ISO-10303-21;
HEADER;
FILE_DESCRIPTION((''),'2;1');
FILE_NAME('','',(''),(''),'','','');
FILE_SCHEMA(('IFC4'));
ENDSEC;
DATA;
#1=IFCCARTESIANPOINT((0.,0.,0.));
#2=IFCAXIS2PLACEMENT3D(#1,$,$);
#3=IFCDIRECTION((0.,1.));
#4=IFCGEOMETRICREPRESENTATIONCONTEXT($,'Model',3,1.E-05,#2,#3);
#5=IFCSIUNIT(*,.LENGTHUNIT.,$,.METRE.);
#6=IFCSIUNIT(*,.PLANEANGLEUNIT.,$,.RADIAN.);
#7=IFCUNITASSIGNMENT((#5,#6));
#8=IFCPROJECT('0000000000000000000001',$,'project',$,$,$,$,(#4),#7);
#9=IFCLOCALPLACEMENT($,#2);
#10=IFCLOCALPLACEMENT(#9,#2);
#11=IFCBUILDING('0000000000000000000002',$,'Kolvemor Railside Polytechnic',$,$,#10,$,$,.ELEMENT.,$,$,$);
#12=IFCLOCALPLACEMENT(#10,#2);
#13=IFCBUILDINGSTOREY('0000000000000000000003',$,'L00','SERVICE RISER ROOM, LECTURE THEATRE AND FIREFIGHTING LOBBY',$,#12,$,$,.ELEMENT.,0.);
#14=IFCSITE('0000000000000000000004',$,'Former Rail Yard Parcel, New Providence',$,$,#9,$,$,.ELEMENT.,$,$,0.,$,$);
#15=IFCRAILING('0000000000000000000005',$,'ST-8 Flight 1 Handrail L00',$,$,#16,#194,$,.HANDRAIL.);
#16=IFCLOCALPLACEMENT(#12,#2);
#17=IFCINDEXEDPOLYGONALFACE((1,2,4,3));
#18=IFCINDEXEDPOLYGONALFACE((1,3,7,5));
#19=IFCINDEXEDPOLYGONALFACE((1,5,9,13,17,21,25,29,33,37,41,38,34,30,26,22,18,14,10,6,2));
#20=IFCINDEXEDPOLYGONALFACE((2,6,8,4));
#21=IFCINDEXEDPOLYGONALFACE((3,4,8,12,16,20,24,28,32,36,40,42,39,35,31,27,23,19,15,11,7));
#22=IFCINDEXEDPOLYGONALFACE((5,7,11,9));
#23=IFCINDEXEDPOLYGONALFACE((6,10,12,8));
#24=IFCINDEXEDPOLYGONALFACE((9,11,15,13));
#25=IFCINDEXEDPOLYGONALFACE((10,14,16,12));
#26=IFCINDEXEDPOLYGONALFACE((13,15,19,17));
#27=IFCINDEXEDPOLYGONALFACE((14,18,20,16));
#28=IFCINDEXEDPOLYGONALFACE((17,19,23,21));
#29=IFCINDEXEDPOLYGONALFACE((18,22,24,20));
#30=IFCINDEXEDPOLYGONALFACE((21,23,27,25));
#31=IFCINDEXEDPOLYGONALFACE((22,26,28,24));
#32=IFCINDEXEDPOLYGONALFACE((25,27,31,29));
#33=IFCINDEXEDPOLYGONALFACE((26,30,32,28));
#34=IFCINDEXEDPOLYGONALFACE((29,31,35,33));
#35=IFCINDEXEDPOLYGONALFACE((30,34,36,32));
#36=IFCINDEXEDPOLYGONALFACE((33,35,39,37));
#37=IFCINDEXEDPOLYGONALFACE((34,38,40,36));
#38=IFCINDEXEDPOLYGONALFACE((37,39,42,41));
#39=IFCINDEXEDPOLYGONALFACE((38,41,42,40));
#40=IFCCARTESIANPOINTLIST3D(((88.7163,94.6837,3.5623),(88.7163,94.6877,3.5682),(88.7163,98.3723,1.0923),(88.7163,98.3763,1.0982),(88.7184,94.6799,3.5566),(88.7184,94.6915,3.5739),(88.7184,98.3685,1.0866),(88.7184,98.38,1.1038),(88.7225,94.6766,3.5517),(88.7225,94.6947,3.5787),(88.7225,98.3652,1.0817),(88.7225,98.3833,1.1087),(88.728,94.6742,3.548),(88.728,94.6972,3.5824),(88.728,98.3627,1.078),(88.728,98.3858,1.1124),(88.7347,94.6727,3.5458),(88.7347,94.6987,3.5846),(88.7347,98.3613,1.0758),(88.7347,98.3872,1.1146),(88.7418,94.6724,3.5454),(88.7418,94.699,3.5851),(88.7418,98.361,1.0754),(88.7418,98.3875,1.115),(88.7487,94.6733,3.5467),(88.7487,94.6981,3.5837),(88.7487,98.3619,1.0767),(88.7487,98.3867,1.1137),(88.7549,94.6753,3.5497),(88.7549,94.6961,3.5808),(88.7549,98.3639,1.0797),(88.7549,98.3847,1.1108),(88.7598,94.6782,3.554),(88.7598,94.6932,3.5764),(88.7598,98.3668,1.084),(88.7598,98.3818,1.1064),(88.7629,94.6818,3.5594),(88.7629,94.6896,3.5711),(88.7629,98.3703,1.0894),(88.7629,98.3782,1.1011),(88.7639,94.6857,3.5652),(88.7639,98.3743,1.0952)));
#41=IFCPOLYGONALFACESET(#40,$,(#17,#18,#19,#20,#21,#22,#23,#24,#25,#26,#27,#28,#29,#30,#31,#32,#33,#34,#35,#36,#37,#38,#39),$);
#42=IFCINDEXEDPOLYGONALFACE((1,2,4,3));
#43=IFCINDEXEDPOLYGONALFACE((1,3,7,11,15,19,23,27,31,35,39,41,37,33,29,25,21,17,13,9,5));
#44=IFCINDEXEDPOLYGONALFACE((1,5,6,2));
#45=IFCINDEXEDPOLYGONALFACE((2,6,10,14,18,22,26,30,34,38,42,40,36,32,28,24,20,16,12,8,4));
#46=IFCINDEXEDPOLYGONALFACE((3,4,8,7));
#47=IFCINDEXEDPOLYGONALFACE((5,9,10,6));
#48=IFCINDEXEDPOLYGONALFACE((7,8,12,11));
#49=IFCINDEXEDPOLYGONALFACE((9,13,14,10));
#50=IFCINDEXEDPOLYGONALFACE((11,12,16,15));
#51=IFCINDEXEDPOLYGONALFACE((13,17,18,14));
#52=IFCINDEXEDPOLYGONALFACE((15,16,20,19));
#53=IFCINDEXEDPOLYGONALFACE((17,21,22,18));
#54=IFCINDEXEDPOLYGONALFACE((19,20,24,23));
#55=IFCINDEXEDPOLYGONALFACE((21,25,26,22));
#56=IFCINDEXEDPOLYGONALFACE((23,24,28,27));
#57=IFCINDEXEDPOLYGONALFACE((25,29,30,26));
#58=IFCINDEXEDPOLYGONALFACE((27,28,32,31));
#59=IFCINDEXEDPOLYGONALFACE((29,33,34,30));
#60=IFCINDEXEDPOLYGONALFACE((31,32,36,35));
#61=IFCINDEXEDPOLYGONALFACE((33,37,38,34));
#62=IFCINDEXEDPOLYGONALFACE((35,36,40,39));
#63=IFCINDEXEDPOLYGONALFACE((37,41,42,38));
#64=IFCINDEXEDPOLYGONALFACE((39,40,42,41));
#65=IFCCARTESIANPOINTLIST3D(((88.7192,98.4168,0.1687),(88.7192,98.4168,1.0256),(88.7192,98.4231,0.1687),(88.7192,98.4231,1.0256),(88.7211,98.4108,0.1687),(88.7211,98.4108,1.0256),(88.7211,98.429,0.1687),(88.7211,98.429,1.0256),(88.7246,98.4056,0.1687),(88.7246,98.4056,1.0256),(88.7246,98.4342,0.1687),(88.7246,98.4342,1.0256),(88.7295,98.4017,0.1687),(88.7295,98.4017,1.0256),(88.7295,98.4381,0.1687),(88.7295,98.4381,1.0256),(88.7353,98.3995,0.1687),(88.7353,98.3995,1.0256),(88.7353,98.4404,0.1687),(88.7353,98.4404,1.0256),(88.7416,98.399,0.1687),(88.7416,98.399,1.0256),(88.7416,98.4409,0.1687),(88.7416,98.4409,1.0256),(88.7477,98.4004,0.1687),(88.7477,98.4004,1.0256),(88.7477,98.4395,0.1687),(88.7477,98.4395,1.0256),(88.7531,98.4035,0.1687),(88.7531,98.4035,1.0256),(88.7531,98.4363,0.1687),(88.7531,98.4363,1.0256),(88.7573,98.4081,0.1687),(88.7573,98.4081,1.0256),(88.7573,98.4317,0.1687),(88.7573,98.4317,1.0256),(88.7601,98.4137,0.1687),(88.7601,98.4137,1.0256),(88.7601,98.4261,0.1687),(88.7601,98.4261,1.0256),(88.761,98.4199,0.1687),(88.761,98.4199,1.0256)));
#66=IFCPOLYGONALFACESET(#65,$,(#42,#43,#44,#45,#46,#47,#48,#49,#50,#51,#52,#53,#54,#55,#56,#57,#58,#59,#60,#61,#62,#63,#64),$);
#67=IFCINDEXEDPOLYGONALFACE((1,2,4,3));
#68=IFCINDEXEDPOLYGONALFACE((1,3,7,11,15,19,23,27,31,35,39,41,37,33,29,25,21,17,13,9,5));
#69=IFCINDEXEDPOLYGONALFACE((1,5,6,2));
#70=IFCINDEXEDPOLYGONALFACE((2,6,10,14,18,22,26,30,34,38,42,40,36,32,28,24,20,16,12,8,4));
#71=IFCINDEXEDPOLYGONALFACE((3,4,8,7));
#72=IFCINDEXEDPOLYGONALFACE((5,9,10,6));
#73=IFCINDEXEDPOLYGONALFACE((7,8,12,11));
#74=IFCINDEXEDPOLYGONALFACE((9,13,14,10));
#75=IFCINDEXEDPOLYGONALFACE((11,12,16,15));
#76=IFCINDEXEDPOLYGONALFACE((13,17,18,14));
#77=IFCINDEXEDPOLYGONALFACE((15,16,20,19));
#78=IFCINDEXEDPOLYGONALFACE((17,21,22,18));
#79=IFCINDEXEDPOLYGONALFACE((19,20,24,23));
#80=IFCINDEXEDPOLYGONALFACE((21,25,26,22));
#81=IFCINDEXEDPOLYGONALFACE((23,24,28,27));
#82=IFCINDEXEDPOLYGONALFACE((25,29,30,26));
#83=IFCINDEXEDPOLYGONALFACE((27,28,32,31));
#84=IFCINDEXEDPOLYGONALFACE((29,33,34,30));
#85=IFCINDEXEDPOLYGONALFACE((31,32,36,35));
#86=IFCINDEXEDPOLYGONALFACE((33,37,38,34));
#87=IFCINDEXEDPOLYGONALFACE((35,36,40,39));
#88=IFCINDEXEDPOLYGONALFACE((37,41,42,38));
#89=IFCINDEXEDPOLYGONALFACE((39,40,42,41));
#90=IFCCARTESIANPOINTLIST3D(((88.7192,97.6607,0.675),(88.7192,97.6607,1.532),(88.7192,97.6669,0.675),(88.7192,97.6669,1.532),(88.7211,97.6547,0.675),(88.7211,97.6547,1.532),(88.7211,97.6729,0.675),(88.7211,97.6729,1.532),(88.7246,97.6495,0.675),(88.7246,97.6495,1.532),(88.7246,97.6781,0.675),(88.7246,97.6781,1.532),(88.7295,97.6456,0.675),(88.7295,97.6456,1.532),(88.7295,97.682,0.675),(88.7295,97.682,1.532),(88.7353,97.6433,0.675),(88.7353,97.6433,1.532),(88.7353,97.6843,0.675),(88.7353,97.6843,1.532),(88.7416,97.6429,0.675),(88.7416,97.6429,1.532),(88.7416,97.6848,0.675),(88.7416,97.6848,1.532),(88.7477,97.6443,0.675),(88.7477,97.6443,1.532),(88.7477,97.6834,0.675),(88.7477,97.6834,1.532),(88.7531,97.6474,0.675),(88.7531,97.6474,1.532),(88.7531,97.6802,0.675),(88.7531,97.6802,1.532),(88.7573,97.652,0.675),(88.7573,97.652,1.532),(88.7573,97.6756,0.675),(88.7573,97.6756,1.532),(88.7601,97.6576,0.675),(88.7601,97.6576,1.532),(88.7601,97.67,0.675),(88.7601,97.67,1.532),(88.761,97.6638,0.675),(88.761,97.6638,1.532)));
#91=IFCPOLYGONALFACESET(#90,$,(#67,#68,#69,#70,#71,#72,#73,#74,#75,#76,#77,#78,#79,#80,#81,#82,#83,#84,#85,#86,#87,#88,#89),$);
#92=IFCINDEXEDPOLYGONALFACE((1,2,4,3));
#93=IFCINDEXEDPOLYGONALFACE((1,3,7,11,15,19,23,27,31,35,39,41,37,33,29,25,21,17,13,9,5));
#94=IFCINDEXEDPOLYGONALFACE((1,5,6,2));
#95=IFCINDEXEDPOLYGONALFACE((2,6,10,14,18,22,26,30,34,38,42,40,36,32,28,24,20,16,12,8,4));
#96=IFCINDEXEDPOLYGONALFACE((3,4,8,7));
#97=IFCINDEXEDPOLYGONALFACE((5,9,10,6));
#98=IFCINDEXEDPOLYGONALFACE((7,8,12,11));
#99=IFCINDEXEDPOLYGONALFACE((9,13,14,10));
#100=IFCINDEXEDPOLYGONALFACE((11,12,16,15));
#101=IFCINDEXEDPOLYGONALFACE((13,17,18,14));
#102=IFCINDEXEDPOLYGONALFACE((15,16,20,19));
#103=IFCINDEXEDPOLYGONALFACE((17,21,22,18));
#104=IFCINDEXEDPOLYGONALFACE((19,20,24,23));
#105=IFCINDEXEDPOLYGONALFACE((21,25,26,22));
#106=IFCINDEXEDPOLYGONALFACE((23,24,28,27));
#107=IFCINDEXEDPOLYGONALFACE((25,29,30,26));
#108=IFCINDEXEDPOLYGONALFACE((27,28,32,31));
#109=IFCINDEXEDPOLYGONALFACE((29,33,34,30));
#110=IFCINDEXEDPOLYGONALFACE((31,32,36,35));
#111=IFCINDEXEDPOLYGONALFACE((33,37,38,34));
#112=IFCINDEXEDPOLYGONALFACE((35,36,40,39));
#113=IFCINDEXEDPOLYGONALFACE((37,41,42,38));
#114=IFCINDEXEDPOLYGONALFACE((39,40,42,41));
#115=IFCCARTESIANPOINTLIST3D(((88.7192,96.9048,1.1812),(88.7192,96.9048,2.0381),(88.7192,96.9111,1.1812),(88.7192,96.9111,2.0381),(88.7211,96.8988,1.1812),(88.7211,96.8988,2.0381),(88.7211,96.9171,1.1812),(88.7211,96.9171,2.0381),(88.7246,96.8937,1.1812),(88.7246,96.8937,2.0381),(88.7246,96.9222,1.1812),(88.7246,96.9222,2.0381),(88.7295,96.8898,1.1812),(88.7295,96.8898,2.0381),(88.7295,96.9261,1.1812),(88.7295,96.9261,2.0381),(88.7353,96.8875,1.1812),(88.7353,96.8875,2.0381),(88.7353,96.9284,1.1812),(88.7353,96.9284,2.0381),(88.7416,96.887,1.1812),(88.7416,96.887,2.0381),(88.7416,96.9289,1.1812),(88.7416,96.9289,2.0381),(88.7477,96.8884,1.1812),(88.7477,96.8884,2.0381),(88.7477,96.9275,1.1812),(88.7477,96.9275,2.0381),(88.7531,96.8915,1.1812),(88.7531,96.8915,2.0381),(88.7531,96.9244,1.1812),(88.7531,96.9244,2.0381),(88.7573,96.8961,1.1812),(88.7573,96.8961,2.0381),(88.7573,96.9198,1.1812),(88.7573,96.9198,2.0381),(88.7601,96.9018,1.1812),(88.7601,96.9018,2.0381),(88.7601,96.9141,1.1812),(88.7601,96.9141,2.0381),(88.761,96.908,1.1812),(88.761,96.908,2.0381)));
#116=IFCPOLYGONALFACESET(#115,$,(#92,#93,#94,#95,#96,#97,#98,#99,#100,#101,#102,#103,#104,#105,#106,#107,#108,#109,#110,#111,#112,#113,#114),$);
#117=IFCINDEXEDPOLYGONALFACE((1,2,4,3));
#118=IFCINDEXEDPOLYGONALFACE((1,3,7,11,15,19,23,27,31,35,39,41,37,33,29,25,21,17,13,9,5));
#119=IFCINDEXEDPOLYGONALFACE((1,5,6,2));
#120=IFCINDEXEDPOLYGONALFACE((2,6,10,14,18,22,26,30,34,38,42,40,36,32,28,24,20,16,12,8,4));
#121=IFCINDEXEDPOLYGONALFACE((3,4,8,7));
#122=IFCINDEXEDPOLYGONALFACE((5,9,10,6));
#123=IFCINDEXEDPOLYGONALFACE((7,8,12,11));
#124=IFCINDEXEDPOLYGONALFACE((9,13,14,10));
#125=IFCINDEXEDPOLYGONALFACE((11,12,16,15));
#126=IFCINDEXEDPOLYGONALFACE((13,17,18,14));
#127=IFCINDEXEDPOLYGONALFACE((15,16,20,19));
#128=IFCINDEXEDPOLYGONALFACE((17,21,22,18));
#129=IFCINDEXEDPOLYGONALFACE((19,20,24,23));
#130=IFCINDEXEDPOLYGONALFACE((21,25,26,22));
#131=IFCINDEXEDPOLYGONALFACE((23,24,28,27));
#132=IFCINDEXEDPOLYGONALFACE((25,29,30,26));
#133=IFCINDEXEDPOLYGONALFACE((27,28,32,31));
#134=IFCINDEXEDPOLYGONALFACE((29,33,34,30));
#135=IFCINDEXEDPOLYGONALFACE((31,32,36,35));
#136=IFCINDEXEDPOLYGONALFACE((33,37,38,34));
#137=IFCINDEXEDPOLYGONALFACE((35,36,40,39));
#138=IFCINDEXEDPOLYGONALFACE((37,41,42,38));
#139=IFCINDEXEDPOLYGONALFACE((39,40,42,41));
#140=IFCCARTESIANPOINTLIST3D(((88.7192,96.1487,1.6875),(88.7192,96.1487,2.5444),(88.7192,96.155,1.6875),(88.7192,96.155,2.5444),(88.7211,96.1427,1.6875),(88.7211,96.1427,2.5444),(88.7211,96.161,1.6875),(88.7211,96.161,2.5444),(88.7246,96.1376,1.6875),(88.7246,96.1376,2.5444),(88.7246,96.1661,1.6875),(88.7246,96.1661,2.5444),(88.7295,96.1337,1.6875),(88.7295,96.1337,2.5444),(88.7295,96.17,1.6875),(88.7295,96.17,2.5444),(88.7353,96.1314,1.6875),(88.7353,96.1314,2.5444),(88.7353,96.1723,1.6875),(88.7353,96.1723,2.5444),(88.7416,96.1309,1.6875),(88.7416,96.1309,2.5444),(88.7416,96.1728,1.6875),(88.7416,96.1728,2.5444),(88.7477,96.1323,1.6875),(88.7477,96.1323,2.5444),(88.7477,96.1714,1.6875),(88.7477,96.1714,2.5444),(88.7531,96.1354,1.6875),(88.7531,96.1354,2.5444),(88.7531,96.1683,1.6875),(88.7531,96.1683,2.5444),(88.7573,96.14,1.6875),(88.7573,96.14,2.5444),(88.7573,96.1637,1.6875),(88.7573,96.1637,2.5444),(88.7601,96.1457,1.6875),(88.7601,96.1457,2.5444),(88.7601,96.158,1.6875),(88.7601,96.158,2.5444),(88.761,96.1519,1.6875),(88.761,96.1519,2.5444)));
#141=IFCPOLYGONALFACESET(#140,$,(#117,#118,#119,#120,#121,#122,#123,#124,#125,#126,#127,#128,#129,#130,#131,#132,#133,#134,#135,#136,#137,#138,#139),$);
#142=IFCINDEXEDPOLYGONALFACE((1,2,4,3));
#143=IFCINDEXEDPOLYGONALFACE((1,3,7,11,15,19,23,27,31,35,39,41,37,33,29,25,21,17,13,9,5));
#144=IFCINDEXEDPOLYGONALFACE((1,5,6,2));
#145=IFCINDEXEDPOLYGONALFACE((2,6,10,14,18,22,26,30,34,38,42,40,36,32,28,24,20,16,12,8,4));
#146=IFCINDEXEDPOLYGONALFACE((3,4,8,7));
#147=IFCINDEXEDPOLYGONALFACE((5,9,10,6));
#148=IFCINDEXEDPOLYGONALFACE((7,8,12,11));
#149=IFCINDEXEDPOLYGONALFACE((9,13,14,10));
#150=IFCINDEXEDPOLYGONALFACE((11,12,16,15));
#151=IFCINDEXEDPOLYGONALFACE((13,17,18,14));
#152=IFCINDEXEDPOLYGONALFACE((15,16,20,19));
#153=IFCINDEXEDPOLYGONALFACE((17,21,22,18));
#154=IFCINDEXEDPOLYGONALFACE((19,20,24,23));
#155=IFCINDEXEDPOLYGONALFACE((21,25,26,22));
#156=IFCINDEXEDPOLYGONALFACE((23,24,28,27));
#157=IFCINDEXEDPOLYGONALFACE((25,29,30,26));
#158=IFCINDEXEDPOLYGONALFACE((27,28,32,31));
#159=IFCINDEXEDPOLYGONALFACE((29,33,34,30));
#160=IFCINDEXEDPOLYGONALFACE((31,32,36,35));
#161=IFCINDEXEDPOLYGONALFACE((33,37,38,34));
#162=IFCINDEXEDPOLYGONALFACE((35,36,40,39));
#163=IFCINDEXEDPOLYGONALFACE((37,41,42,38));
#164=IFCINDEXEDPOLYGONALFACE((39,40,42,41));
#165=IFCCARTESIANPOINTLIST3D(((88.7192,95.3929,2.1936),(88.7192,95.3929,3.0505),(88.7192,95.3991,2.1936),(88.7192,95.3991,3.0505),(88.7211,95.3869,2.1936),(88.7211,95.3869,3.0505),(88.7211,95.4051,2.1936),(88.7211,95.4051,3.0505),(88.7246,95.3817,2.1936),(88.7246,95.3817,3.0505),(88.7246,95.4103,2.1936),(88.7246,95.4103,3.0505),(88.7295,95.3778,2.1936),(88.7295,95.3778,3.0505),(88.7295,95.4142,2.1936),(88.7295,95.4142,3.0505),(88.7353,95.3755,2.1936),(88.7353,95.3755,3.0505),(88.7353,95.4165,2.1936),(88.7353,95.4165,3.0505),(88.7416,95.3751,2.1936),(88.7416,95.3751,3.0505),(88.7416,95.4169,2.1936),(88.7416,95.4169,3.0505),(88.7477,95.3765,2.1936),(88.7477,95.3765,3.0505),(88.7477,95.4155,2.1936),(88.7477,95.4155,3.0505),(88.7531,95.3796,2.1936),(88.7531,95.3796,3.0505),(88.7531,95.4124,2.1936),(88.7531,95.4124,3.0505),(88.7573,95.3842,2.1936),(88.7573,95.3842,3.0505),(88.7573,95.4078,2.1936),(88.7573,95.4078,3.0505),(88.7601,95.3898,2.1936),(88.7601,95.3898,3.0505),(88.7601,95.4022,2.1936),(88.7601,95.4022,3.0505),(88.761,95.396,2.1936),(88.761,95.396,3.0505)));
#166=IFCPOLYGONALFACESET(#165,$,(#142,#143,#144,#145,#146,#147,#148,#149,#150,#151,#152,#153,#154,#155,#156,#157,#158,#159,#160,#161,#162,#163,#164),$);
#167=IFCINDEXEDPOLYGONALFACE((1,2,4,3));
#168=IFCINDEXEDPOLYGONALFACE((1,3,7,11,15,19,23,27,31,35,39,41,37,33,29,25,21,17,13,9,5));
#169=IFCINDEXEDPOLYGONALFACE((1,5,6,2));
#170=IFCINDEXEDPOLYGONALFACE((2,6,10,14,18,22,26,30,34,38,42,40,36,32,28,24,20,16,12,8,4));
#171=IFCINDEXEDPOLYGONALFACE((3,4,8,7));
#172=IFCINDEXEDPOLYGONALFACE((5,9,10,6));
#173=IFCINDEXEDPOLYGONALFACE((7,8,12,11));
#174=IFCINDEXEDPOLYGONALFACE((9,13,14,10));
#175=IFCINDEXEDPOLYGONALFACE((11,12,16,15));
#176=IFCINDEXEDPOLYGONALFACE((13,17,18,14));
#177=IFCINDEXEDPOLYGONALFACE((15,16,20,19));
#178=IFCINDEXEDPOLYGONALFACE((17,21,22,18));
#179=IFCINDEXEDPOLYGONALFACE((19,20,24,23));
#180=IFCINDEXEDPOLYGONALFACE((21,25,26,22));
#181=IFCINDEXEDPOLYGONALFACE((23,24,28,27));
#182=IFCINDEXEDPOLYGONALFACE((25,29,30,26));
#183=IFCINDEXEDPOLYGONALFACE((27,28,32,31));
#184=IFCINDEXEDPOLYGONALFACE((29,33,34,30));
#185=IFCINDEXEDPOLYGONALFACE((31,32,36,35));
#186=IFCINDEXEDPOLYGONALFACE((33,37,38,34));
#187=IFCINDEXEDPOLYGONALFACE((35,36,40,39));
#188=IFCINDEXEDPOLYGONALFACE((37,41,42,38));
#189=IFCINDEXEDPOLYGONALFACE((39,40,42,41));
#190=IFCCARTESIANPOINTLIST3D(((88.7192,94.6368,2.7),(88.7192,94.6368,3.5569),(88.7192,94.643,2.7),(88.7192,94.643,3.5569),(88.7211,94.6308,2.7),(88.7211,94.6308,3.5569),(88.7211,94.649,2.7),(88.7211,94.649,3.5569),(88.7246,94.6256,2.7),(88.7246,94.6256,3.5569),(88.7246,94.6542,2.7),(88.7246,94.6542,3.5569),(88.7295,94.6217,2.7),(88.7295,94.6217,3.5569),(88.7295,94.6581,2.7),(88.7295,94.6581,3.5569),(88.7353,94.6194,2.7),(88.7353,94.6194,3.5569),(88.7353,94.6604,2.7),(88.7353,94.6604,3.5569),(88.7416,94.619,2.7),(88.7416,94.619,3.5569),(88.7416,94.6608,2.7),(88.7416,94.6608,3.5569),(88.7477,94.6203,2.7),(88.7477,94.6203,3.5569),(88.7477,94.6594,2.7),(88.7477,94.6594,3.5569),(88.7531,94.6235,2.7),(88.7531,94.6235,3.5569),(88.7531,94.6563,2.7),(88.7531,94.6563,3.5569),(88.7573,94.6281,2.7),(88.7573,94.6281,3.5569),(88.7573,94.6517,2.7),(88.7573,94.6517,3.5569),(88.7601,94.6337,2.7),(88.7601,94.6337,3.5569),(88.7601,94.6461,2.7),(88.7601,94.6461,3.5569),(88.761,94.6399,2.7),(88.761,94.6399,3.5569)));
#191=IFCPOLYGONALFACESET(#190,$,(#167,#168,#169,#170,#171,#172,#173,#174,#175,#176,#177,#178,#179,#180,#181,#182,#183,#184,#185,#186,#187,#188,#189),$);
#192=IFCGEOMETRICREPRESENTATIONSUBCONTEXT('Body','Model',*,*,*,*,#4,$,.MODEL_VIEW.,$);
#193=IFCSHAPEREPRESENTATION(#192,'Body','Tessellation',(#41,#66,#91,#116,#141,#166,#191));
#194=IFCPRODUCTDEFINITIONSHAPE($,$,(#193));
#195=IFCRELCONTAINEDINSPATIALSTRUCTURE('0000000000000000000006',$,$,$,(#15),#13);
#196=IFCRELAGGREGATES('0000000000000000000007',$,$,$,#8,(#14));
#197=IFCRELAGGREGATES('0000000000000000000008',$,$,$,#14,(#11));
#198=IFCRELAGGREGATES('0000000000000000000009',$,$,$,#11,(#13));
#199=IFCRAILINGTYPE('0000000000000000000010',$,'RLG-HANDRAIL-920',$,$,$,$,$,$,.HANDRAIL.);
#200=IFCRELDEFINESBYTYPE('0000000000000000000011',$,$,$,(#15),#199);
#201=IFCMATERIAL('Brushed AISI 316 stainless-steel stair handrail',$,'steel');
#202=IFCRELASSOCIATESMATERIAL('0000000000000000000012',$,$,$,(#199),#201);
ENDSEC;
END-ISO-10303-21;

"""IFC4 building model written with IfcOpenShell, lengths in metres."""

from ifc_helpers import new_model, si_unit, direction, frame, origin, origin_2d, place, context, subcontext, project, spatial, circle, extrude, material, type_object, element, save


model = new_model("IFC4")

# Units and contexts
model_context = context("Model", 3, precision=1e-05, world=origin(), true_north=direction((0.0, 1.0)))
body_context = subcontext(model_context, "Body", "Model", "MODEL_VIEW")
ifc_project = project(units=[si_unit("LENGTHUNIT", "METRE"), si_unit("PLANEANGLEUNIT", "RADIAN")], contexts=[model_context])

# Site, building, storey
site_placement = place(None, origin())
site = spatial("IfcSite", under=ifc_project, at=site_placement, Name="Former Rail Yard Parcel, New Providence", CompositionType="ELEMENT", RefElevation=0.0)
building_placement = place(site_placement, origin())
building = spatial("IfcBuilding", under=site, at=building_placement, Name="Kolvemor Railside Polytechnic", CompositionType="ELEMENT")
storey_placement = place(building_placement, origin())
storey = spatial("IfcBuildingStorey", under=building, at=storey_placement, Name="L00", Description="SERVICE RISER ROOM, LECTURE THEATRE AND FIREFIGHTING LOBBY", CompositionType="ELEMENT", Elevation=0.0)

# Railing
ifc_material_1 = material(Name="Brushed AISI 316 stainless-steel stair handrail", Category="steel")
railing_type_1 = type_object("IfcRailingType", Name="RLG-HANDRAIL-920", PredefinedType="HANDRAIL", material=ifc_material_1)
railing_1_placement = place(storey_placement, frame((88.74, 98.4199, 0.1687)))
element("IfcRailing", 1, at=railing_1_placement, inside=storey, type_object=railing_type_1, Name="ST-8 Flight 1 Handrail L00", PredefinedType="HANDRAIL", context=body_context, shape_type="SweptSolid", body=[
    extrude(circle(Radius=0.0239, at=origin_2d()), frame((0.0, -0.0457, 0.9265), z_axis=(0.0, -0.830909, 0.556408), x_axis=(1.0, 0.0, 0.0)), (0.0, 0.0, 1.0), 4.4392),
    extrude(circle(Radius=0.021, at=origin_2d()), origin(), (0.0, 0.0, 1.0), 0.8569),
    extrude(circle(Radius=0.021, at=origin_2d()), frame((0.0, -0.7561, 0.5063)), (0.0, 0.0, 1.0), 0.8569),
    extrude(circle(Radius=0.021, at=origin_2d()), frame((0.0, -1.512, 1.0125)), (0.0, 0.0, 1.0), 0.8569),
    extrude(circle(Radius=0.021, at=origin_2d()), frame((0.0, -2.2681, 1.5188)), (0.0, 0.0, 1.0), 0.8569),
    extrude(circle(Radius=0.021, at=origin_2d()), frame((0.0, -3.0239, 2.0249)), (0.0, 0.0, 1.0), 0.8569),
    extrude(circle(Radius=0.021, at=origin_2d()), frame((0.0, -3.78, 2.5312)), (0.0, 0.0, 1.0), 0.8569),
])

save(model, "model.ifc")
